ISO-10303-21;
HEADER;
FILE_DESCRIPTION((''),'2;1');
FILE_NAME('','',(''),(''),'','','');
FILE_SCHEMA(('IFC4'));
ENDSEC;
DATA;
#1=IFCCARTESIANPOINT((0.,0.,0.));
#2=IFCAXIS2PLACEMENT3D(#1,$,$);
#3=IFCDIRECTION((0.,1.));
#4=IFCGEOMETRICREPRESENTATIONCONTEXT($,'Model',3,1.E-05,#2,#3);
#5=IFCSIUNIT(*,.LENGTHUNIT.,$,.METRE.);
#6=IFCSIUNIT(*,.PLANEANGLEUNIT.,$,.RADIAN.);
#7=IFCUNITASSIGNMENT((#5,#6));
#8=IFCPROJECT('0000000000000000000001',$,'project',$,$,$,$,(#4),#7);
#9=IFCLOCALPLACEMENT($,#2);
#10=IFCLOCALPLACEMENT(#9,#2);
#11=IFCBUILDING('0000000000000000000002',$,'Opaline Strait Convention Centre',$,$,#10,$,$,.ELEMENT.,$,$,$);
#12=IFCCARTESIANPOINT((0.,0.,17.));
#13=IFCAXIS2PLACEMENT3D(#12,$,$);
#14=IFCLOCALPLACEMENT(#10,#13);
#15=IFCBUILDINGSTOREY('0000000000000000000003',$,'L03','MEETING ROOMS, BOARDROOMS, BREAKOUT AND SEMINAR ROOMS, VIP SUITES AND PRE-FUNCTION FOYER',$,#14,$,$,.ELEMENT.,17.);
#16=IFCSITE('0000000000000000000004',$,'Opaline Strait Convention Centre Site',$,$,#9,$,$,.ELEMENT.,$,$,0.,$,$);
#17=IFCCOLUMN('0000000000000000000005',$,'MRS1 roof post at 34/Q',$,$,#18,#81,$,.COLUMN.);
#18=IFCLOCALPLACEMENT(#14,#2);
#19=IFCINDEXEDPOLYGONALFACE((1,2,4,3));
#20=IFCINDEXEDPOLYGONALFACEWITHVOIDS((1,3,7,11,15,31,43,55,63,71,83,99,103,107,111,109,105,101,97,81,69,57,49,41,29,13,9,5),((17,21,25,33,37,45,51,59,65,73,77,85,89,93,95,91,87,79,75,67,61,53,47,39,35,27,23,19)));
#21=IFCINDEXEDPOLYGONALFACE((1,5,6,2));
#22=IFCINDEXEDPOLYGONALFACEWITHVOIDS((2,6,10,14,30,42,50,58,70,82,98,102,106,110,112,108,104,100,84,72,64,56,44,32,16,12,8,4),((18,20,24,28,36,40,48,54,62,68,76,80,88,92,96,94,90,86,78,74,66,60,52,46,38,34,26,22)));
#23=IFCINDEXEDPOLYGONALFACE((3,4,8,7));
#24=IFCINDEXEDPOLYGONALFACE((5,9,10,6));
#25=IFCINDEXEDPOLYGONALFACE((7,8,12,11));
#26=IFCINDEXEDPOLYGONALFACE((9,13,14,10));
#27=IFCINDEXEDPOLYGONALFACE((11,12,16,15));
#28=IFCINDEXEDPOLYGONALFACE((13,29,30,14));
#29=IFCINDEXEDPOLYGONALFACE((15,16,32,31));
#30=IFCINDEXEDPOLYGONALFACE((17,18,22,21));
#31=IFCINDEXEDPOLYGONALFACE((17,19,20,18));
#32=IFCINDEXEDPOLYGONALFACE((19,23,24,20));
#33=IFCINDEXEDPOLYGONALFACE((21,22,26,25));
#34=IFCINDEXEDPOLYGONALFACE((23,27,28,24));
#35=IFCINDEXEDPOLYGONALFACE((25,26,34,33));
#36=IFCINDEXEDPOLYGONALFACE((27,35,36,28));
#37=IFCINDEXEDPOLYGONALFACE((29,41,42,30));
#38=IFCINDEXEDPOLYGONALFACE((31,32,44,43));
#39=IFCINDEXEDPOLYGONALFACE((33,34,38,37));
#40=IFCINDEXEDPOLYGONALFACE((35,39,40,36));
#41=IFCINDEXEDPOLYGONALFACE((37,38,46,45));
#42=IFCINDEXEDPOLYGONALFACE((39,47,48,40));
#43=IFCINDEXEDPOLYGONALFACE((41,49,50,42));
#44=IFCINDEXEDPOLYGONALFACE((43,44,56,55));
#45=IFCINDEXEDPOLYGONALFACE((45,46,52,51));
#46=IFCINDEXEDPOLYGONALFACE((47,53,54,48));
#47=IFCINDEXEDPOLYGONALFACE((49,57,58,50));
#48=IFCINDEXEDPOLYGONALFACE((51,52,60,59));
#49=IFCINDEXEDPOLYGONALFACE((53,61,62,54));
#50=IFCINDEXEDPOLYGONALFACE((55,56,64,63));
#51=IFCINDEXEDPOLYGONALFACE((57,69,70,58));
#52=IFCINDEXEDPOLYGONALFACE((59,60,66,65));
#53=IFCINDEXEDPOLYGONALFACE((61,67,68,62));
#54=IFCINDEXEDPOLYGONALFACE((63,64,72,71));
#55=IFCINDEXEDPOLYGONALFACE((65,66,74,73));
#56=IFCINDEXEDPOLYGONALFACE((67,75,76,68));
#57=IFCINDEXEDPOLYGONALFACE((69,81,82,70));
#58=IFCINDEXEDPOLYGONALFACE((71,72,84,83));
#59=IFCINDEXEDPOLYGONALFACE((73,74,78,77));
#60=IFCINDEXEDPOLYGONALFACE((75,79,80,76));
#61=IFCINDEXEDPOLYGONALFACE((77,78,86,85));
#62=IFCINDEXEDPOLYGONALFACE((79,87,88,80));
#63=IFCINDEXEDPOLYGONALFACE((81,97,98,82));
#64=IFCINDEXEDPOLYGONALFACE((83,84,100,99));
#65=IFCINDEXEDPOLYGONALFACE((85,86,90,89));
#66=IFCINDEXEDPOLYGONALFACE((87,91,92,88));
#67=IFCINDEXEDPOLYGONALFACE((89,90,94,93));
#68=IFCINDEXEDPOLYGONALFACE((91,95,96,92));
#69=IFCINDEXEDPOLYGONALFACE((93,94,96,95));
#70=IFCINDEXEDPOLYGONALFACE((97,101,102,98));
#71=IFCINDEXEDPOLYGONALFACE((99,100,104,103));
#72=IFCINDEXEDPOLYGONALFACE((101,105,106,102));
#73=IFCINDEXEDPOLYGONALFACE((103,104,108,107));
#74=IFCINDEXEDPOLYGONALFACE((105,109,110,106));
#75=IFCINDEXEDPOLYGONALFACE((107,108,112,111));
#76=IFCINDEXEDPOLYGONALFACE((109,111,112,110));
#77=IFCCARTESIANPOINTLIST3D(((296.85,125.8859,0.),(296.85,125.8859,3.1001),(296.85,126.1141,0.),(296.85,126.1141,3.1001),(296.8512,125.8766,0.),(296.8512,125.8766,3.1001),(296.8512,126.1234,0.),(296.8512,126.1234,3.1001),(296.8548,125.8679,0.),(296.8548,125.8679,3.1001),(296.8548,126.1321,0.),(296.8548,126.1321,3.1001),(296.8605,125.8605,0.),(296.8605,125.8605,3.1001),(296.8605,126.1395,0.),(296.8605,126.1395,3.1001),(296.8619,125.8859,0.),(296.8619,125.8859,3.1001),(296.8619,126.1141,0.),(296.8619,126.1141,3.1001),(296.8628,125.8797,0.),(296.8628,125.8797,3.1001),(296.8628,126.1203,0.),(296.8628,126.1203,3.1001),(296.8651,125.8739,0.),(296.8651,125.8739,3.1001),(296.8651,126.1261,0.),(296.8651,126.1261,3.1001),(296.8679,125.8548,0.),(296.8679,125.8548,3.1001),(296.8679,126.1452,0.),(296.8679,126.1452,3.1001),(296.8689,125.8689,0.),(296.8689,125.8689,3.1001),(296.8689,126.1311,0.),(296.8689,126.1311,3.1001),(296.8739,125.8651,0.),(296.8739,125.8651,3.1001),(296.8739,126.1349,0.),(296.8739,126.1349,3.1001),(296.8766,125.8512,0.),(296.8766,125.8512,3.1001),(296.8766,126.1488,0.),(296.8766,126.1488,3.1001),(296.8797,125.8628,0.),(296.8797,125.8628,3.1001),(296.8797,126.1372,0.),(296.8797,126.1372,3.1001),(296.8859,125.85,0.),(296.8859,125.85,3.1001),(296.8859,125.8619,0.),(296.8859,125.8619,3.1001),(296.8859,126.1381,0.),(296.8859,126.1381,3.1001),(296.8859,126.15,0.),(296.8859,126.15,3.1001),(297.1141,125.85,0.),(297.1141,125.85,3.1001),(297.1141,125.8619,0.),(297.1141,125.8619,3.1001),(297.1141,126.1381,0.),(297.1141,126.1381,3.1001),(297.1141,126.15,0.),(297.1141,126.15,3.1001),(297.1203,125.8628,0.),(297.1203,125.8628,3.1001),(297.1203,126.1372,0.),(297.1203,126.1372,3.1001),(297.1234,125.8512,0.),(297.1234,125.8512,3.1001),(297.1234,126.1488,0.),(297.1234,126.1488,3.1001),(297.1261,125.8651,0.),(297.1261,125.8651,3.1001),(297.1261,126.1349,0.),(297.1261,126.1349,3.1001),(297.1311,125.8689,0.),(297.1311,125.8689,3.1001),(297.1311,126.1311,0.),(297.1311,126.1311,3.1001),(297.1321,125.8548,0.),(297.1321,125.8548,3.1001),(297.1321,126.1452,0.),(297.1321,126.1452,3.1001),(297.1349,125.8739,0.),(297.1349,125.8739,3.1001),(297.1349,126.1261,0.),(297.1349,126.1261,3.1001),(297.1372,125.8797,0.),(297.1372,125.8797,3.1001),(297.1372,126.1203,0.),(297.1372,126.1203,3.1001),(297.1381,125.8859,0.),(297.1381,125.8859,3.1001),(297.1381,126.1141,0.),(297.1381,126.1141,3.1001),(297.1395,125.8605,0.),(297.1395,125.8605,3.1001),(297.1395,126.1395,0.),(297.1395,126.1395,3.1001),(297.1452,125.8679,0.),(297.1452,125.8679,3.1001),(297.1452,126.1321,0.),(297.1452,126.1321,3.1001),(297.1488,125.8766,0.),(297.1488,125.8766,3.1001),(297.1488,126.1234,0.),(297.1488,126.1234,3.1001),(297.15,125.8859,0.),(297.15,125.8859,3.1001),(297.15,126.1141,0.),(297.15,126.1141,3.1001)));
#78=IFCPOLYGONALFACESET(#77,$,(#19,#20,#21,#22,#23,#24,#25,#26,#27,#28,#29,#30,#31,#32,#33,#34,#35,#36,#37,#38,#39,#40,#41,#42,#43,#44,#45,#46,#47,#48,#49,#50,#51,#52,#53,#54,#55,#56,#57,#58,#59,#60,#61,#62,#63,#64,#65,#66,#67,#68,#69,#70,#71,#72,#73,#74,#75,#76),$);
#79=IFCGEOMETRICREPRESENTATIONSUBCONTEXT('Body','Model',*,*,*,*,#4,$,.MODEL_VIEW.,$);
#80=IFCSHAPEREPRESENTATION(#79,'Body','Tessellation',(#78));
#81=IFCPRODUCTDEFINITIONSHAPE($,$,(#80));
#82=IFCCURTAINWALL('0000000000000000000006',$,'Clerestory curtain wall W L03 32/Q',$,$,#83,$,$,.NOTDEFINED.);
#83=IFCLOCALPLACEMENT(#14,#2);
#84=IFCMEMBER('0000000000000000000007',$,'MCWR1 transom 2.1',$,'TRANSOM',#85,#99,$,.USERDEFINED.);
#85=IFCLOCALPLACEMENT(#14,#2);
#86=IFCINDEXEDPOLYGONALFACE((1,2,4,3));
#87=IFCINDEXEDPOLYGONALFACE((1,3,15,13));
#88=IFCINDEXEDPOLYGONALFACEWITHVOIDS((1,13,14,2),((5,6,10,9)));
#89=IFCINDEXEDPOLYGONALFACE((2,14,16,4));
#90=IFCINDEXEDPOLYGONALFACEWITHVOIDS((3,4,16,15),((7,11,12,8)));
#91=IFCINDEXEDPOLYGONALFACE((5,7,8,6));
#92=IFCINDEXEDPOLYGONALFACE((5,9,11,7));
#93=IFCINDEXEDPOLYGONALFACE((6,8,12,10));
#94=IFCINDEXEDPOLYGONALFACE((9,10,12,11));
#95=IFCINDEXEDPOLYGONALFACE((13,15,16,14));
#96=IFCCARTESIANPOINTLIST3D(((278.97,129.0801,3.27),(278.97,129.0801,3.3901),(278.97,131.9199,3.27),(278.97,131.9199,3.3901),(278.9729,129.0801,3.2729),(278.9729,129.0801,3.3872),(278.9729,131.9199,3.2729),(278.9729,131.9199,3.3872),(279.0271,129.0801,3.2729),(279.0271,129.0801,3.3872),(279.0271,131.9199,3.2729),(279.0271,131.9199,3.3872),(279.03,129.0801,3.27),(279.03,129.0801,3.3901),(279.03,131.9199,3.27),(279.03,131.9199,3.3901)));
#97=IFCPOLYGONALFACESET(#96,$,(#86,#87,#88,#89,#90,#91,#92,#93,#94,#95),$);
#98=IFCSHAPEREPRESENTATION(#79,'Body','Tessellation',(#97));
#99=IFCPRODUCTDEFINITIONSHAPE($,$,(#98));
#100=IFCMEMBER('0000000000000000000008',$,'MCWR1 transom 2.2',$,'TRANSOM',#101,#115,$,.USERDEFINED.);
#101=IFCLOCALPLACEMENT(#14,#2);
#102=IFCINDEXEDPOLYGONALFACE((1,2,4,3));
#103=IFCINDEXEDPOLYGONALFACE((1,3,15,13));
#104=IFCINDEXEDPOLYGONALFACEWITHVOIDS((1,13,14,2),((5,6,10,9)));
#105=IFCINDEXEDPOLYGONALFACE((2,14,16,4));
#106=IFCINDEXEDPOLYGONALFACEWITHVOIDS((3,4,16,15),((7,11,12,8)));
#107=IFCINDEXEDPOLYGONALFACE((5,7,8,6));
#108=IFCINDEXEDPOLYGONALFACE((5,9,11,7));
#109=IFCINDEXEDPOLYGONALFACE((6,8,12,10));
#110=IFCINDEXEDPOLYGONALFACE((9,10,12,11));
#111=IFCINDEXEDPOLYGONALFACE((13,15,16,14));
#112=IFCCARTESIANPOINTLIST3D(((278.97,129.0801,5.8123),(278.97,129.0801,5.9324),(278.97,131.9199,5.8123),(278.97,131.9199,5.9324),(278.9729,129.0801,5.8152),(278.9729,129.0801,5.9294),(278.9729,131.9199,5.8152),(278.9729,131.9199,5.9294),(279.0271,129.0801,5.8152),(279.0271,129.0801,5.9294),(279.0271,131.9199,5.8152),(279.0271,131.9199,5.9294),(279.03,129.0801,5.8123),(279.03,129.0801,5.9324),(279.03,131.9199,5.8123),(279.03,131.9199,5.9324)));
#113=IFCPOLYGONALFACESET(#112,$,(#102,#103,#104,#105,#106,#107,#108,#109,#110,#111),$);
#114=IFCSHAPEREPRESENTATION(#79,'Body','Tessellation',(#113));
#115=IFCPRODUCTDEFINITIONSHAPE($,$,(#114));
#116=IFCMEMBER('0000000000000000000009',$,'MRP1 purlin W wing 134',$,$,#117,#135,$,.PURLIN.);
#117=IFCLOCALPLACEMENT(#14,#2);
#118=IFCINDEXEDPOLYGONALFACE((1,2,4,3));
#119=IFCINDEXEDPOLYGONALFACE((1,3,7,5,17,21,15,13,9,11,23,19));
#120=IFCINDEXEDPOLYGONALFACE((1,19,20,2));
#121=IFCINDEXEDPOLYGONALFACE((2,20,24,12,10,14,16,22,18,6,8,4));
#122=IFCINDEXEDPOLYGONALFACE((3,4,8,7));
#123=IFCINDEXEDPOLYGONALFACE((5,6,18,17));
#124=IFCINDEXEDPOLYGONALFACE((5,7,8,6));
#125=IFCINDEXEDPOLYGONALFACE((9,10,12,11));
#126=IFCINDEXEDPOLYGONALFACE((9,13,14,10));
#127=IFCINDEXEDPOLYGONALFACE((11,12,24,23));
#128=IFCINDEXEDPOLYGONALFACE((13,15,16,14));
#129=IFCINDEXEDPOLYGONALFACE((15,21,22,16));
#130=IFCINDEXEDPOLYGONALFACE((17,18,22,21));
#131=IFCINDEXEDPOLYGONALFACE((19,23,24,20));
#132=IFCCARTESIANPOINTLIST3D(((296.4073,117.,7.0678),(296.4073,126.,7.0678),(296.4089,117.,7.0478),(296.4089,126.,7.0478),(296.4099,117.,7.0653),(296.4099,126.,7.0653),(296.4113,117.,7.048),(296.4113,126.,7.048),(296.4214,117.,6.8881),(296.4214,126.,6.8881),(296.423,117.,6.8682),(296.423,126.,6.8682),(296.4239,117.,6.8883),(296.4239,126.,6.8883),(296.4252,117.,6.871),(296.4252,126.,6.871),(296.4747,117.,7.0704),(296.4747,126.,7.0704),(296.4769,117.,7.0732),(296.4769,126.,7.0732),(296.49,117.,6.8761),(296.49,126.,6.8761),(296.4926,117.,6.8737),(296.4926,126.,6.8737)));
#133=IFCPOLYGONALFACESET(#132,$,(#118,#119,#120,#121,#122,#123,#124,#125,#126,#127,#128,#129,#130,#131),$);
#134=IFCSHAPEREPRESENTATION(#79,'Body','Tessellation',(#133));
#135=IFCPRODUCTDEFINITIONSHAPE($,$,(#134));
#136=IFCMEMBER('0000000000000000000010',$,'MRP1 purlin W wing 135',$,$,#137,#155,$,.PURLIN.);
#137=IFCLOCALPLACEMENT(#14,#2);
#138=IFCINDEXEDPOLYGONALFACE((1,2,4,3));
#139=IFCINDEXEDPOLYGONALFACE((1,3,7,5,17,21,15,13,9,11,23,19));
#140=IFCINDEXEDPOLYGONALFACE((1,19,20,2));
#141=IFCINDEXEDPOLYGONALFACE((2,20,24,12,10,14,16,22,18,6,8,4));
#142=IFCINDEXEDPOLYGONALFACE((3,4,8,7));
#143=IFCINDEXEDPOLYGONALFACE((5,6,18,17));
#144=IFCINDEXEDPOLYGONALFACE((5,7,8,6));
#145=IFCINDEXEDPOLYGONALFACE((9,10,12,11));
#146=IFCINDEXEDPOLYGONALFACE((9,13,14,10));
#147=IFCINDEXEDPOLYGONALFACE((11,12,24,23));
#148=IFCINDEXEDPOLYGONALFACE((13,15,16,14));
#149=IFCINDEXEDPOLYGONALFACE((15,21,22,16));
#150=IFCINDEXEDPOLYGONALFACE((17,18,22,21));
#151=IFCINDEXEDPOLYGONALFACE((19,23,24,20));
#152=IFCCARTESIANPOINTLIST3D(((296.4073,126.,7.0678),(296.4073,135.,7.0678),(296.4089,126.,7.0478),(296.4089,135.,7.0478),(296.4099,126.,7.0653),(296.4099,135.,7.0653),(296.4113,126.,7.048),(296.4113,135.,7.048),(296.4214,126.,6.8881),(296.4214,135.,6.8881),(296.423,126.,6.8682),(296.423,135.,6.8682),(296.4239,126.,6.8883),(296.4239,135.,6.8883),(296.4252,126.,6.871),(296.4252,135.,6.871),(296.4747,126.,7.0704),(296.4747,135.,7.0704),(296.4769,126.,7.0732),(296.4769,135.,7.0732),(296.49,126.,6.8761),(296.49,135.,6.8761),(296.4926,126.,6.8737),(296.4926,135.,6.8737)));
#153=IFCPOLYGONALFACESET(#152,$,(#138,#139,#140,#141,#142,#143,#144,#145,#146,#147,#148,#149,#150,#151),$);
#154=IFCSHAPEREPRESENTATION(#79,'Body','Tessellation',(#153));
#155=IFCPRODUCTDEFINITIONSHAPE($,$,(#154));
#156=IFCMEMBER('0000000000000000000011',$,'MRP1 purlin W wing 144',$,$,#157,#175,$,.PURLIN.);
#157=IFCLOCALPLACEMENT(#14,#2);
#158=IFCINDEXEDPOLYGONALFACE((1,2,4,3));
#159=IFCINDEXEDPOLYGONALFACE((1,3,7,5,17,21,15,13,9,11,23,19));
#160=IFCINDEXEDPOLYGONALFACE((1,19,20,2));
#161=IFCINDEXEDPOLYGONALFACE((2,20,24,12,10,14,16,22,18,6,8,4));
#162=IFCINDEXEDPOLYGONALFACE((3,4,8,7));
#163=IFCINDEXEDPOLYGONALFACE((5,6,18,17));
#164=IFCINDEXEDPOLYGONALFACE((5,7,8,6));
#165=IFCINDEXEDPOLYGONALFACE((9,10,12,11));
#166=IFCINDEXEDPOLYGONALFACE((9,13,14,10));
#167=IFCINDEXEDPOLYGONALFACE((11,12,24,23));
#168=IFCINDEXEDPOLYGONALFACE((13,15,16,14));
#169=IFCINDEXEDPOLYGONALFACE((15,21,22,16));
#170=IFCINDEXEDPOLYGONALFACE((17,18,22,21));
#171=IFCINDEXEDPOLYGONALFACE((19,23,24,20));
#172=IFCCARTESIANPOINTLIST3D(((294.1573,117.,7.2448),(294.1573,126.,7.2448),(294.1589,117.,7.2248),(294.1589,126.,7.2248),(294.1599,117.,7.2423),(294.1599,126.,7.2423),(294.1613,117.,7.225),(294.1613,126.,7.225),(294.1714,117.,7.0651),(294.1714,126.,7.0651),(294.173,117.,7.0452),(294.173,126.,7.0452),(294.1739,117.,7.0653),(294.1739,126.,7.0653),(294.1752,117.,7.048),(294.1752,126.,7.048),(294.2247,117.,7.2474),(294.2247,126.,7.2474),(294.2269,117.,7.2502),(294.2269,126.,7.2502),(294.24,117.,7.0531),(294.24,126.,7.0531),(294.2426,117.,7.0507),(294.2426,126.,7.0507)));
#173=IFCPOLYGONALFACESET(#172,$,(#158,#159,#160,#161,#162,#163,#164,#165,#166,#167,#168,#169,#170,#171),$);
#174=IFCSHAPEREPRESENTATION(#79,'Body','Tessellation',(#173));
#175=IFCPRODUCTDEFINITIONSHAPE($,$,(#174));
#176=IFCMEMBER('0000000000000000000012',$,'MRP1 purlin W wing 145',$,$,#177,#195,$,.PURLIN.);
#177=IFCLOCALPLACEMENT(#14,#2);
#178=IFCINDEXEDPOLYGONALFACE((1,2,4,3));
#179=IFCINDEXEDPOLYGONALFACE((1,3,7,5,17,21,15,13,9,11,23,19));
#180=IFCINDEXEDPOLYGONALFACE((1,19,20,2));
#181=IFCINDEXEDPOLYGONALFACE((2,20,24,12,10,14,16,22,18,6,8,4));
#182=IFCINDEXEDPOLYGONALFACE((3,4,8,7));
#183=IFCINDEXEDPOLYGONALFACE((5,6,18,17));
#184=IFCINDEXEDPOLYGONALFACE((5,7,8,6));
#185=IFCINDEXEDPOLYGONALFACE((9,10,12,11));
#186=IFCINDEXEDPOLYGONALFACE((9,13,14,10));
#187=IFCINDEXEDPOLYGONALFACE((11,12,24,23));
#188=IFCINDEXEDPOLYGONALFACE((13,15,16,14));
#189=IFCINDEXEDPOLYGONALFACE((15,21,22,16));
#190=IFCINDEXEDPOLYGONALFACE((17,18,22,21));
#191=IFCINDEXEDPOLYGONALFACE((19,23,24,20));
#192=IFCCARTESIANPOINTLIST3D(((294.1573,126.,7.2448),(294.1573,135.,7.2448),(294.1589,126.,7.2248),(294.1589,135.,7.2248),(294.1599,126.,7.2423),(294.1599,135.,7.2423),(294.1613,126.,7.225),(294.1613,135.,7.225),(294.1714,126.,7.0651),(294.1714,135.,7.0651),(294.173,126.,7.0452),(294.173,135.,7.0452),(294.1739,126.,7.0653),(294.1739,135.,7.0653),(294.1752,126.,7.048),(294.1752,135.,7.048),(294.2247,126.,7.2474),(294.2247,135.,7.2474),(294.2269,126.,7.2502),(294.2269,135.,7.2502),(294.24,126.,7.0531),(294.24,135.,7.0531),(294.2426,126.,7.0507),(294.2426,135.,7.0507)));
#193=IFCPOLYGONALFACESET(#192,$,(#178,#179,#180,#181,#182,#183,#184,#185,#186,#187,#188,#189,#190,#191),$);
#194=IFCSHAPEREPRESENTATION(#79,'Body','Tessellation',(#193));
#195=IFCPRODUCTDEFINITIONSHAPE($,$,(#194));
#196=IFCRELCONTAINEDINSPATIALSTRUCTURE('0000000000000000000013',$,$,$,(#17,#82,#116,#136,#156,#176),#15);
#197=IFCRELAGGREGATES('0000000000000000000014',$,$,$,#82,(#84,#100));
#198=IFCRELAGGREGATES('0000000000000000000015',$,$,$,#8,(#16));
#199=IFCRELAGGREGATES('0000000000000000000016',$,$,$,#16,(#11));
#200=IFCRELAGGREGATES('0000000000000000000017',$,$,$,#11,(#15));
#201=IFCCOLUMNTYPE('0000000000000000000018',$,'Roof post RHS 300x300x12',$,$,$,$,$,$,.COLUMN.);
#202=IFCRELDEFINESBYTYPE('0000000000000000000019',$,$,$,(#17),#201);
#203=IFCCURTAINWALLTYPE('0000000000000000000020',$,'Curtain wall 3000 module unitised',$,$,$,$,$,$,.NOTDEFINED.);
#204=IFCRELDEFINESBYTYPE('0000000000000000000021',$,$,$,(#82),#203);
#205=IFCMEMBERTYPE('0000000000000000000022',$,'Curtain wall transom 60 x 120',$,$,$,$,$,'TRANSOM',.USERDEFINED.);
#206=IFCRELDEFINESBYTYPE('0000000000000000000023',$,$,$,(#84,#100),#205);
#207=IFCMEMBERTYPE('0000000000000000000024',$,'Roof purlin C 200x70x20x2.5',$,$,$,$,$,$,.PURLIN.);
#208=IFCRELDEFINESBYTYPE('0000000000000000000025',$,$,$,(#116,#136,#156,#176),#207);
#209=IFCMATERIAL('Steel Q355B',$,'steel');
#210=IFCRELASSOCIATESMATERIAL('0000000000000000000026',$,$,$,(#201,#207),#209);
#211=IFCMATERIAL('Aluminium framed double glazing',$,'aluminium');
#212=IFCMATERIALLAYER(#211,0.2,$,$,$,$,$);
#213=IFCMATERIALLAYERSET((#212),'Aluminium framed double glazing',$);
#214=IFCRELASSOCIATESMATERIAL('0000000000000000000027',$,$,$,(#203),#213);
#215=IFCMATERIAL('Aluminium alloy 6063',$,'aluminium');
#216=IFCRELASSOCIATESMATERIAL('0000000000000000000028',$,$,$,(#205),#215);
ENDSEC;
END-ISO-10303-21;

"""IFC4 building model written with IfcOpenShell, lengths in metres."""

from ifc_helpers import new_model, si_unit, direction, frame, origin, origin_2d, place, context, subcontext, project, spatial, polyline, hollow_rectangle, outline, extrude, material, layer, layer_set, material_profile, profile_set, type_object, element, aggregate, save


model = new_model("IFC4")

# Units and contexts
model_context = context("Model", 3, precision=1e-05, world=origin(), true_north=direction((0.0, 1.0)))
body_context = subcontext(model_context, "Body", "Model", "MODEL_VIEW")
ifc_project = project(units=[si_unit("LENGTHUNIT", "METRE"), si_unit("PLANEANGLEUNIT", "RADIAN")], contexts=[model_context])

# Site, building, storey
site_placement = place(None, origin())
site = spatial("IfcSite", under=ifc_project, at=site_placement, Name="Opaline Strait Convention Centre Site", CompositionType="ELEMENT", RefElevation=0.0)
building_placement = place(site_placement, origin())
building = spatial("IfcBuilding", under=site, at=building_placement, Name="Opaline Strait Convention Centre", CompositionType="ELEMENT")
storey_placement = place(building_placement, frame((0.0, 0.0, 17.0)))
storey = spatial("IfcBuildingStorey", under=building, at=storey_placement, Name="L03", Description="MEETING ROOMS, BOARDROOMS, BREAKOUT AND SEMINAR ROOMS, VIP SUITES AND PRE-FUNCTION FOYER", CompositionType="ELEMENT", Elevation=17.0)

# Column
ifc_material_1 = material(Name="Steel Q355B", Category="steel")
ifc_material_profile_1 = material_profile(ifc_material_1, hollow_rectangle(XDim=0.3, YDim=0.3, WallThickness=0.012, InnerFilletRadius=0.0239, OuterFilletRadius=0.0359, at=origin_2d()), Name="RHS 300x300x12")
ifc_profile_set_1 = profile_set([ifc_material_profile_1], Name="Steel Q355B")
column_type = type_object("IfcColumnType", Name="Roof post RHS 300x300x12", PredefinedType="COLUMN", material=ifc_profile_set_1)
for number, where, z_axis, x_axis, name in (
    (1, (297.0, 126.0, 0.0), (0.0, 0.0, 1.0), (1.0, 0.0, 0.0), "MRS1 roof post at 34/Q"),
):
    element("IfcColumn", number, at=place(storey_placement, frame(where, z_axis=z_axis, x_axis=x_axis)), inside=storey, type_object=column_type, Name=name, PredefinedType="COLUMN", context=body_context, shape_type="SweptSolid", body=[
        extrude(hollow_rectangle(XDim=0.3, YDim=0.3, WallThickness=0.012, InnerFilletRadius=0.0239, OuterFilletRadius=0.0359, at=origin_2d()), origin(), (0.0, 0.0, 1.0), 3.1001),
    ])

# Curtain wall, members
ifc_material_2 = material(Name="Aluminium framed double glazing", Category="aluminium")
ifc_layer_1 = layer(ifc_material_2, 0.2)
ifc_layer_set_1 = layer_set([ifc_layer_1], Name="Aluminium framed double glazing")
curtain_wall_type = type_object("IfcCurtainWallType", Name="Curtain wall 3000 module unitised", PredefinedType="NOTDEFINED", material=ifc_layer_set_1)
curtain_wall_placement = place(storey_placement, origin())
curtain_wall = element("IfcCurtainWall", 2, at=curtain_wall_placement, inside=storey, type_object=curtain_wall_type, Name="Clerestory curtain wall W L03 32/Q", PredefinedType="NOTDEFINED")
ifc_material_3 = material(Name="Aluminium alloy 6063", Category="aluminium")
ifc_material_profile_2 = material_profile(ifc_material_3, hollow_rectangle(XDim=0.0601, YDim=0.1201, WallThickness=0.0029, at=origin_2d()), Name="TRANSOM 60x120x3")
ifc_profile_set_2 = profile_set([ifc_material_profile_2], Name="Aluminium alloy 6063")
member_type_1 = type_object("IfcMemberType", Name="Curtain wall transom 60 x 120", ElementType="TRANSOM", PredefinedType="USERDEFINED", material=ifc_profile_set_2)
member_1_placement = place(storey_placement, frame((279.0, 129.0801, 3.3301), z_axis=(0.0, 1.0, 0.0), x_axis=(-1.0, 0.0, 0.0)))
member_1 = element("IfcMember", 3, at=member_1_placement, type_object=member_type_1, Name="MCWR1 transom 2.1", ObjectType="TRANSOM", PredefinedType="USERDEFINED", context=body_context, shape_type="SweptSolid", body=[
    extrude(hollow_rectangle(XDim=0.0601, YDim=0.1201, WallThickness=0.0029, at=origin_2d()), origin(), (0.0, 0.0, 1.0), 2.8398),
])
member_2_placement = place(storey_placement, frame((279.0, 129.0801, 5.8723), z_axis=(0.0, 1.0, 0.0), x_axis=(-1.0, 0.0, 0.0)))
member_2 = element("IfcMember", 4, at=member_2_placement, type_object=member_type_1, Name="MCWR1 transom 2.2", ObjectType="TRANSOM", PredefinedType="USERDEFINED", context=body_context, shape_type="SweptSolid", body=[
    extrude(hollow_rectangle(XDim=0.0601, YDim=0.1201, WallThickness=0.0029, at=origin_2d()), origin(), (0.0, 0.0, 1.0), 2.8398),
])
aggregate(curtain_wall, [member_1, member_2])

# Members
ifc_material_profile_3 = material_profile(ifc_material_1, outline(polyline([(-0.0349, -0.1001), (0.0349, -0.1001), (0.0349, -0.0801), (0.0325, -0.0801), (0.0325, -0.0974), (-0.0325, -0.0974), (-0.0325, 0.0974), (0.0325, 0.0974), (0.0325, 0.0801), (0.0349, 0.0801), (0.0349, 0.1001), (-0.0349, 0.1001), (-0.0349, -0.1001)])), Name="C 200x70x20x2.5")
ifc_profile_set_3 = profile_set([ifc_material_profile_3], Name="Steel Q355B")
member_type_2 = type_object("IfcMemberType", Name="Roof purlin C 200x70x20x2.5", PredefinedType="PURLIN", material=ifc_profile_set_3)
for number, where, z_axis, x_axis, name in (
    (5, (296.45, 117.0, 6.9707), (0.0, 1.0, 0.0), (-0.996917, 0.0, -0.078459), "MRP1 purlin W wing 134"),
    (6, (296.45, 126.0, 6.9707), (0.0, 1.0, 0.0), (-0.996917, 0.0, -0.078459), "MRP1 purlin W wing 135"),
    (7, (294.2, 117.0, 7.1477), (0.0, 1.0, 0.0), (-0.996917, 0.0, -0.078459), "MRP1 purlin W wing 144"),
    (8, (294.2, 126.0, 7.1477), (0.0, 1.0, 0.0), (-0.996917, 0.0, -0.078459), "MRP1 purlin W wing 145"),
):
    element("IfcMember", number, at=place(storey_placement, frame(where, z_axis=z_axis, x_axis=x_axis)), inside=storey, type_object=member_type_2, Name=name, PredefinedType="PURLIN", context=body_context, shape_type="SweptSolid", body=[
        extrude(outline(polyline([(-0.0349, -0.1001), (0.0349, -0.1001), (0.0349, -0.0801), (0.0325, -0.0801), (0.0325, -0.0974), (-0.0325, -0.0974), (-0.0325, 0.0974), (0.0325, 0.0974), (0.0325, 0.0801), (0.0349, 0.0801), (0.0349, 0.1001), (-0.0349, 0.1001), (-0.0349, -0.1001)])), origin(), (0.0, 0.0, 1.0), 9.0),
    ])

save(model, "model.ifc")
